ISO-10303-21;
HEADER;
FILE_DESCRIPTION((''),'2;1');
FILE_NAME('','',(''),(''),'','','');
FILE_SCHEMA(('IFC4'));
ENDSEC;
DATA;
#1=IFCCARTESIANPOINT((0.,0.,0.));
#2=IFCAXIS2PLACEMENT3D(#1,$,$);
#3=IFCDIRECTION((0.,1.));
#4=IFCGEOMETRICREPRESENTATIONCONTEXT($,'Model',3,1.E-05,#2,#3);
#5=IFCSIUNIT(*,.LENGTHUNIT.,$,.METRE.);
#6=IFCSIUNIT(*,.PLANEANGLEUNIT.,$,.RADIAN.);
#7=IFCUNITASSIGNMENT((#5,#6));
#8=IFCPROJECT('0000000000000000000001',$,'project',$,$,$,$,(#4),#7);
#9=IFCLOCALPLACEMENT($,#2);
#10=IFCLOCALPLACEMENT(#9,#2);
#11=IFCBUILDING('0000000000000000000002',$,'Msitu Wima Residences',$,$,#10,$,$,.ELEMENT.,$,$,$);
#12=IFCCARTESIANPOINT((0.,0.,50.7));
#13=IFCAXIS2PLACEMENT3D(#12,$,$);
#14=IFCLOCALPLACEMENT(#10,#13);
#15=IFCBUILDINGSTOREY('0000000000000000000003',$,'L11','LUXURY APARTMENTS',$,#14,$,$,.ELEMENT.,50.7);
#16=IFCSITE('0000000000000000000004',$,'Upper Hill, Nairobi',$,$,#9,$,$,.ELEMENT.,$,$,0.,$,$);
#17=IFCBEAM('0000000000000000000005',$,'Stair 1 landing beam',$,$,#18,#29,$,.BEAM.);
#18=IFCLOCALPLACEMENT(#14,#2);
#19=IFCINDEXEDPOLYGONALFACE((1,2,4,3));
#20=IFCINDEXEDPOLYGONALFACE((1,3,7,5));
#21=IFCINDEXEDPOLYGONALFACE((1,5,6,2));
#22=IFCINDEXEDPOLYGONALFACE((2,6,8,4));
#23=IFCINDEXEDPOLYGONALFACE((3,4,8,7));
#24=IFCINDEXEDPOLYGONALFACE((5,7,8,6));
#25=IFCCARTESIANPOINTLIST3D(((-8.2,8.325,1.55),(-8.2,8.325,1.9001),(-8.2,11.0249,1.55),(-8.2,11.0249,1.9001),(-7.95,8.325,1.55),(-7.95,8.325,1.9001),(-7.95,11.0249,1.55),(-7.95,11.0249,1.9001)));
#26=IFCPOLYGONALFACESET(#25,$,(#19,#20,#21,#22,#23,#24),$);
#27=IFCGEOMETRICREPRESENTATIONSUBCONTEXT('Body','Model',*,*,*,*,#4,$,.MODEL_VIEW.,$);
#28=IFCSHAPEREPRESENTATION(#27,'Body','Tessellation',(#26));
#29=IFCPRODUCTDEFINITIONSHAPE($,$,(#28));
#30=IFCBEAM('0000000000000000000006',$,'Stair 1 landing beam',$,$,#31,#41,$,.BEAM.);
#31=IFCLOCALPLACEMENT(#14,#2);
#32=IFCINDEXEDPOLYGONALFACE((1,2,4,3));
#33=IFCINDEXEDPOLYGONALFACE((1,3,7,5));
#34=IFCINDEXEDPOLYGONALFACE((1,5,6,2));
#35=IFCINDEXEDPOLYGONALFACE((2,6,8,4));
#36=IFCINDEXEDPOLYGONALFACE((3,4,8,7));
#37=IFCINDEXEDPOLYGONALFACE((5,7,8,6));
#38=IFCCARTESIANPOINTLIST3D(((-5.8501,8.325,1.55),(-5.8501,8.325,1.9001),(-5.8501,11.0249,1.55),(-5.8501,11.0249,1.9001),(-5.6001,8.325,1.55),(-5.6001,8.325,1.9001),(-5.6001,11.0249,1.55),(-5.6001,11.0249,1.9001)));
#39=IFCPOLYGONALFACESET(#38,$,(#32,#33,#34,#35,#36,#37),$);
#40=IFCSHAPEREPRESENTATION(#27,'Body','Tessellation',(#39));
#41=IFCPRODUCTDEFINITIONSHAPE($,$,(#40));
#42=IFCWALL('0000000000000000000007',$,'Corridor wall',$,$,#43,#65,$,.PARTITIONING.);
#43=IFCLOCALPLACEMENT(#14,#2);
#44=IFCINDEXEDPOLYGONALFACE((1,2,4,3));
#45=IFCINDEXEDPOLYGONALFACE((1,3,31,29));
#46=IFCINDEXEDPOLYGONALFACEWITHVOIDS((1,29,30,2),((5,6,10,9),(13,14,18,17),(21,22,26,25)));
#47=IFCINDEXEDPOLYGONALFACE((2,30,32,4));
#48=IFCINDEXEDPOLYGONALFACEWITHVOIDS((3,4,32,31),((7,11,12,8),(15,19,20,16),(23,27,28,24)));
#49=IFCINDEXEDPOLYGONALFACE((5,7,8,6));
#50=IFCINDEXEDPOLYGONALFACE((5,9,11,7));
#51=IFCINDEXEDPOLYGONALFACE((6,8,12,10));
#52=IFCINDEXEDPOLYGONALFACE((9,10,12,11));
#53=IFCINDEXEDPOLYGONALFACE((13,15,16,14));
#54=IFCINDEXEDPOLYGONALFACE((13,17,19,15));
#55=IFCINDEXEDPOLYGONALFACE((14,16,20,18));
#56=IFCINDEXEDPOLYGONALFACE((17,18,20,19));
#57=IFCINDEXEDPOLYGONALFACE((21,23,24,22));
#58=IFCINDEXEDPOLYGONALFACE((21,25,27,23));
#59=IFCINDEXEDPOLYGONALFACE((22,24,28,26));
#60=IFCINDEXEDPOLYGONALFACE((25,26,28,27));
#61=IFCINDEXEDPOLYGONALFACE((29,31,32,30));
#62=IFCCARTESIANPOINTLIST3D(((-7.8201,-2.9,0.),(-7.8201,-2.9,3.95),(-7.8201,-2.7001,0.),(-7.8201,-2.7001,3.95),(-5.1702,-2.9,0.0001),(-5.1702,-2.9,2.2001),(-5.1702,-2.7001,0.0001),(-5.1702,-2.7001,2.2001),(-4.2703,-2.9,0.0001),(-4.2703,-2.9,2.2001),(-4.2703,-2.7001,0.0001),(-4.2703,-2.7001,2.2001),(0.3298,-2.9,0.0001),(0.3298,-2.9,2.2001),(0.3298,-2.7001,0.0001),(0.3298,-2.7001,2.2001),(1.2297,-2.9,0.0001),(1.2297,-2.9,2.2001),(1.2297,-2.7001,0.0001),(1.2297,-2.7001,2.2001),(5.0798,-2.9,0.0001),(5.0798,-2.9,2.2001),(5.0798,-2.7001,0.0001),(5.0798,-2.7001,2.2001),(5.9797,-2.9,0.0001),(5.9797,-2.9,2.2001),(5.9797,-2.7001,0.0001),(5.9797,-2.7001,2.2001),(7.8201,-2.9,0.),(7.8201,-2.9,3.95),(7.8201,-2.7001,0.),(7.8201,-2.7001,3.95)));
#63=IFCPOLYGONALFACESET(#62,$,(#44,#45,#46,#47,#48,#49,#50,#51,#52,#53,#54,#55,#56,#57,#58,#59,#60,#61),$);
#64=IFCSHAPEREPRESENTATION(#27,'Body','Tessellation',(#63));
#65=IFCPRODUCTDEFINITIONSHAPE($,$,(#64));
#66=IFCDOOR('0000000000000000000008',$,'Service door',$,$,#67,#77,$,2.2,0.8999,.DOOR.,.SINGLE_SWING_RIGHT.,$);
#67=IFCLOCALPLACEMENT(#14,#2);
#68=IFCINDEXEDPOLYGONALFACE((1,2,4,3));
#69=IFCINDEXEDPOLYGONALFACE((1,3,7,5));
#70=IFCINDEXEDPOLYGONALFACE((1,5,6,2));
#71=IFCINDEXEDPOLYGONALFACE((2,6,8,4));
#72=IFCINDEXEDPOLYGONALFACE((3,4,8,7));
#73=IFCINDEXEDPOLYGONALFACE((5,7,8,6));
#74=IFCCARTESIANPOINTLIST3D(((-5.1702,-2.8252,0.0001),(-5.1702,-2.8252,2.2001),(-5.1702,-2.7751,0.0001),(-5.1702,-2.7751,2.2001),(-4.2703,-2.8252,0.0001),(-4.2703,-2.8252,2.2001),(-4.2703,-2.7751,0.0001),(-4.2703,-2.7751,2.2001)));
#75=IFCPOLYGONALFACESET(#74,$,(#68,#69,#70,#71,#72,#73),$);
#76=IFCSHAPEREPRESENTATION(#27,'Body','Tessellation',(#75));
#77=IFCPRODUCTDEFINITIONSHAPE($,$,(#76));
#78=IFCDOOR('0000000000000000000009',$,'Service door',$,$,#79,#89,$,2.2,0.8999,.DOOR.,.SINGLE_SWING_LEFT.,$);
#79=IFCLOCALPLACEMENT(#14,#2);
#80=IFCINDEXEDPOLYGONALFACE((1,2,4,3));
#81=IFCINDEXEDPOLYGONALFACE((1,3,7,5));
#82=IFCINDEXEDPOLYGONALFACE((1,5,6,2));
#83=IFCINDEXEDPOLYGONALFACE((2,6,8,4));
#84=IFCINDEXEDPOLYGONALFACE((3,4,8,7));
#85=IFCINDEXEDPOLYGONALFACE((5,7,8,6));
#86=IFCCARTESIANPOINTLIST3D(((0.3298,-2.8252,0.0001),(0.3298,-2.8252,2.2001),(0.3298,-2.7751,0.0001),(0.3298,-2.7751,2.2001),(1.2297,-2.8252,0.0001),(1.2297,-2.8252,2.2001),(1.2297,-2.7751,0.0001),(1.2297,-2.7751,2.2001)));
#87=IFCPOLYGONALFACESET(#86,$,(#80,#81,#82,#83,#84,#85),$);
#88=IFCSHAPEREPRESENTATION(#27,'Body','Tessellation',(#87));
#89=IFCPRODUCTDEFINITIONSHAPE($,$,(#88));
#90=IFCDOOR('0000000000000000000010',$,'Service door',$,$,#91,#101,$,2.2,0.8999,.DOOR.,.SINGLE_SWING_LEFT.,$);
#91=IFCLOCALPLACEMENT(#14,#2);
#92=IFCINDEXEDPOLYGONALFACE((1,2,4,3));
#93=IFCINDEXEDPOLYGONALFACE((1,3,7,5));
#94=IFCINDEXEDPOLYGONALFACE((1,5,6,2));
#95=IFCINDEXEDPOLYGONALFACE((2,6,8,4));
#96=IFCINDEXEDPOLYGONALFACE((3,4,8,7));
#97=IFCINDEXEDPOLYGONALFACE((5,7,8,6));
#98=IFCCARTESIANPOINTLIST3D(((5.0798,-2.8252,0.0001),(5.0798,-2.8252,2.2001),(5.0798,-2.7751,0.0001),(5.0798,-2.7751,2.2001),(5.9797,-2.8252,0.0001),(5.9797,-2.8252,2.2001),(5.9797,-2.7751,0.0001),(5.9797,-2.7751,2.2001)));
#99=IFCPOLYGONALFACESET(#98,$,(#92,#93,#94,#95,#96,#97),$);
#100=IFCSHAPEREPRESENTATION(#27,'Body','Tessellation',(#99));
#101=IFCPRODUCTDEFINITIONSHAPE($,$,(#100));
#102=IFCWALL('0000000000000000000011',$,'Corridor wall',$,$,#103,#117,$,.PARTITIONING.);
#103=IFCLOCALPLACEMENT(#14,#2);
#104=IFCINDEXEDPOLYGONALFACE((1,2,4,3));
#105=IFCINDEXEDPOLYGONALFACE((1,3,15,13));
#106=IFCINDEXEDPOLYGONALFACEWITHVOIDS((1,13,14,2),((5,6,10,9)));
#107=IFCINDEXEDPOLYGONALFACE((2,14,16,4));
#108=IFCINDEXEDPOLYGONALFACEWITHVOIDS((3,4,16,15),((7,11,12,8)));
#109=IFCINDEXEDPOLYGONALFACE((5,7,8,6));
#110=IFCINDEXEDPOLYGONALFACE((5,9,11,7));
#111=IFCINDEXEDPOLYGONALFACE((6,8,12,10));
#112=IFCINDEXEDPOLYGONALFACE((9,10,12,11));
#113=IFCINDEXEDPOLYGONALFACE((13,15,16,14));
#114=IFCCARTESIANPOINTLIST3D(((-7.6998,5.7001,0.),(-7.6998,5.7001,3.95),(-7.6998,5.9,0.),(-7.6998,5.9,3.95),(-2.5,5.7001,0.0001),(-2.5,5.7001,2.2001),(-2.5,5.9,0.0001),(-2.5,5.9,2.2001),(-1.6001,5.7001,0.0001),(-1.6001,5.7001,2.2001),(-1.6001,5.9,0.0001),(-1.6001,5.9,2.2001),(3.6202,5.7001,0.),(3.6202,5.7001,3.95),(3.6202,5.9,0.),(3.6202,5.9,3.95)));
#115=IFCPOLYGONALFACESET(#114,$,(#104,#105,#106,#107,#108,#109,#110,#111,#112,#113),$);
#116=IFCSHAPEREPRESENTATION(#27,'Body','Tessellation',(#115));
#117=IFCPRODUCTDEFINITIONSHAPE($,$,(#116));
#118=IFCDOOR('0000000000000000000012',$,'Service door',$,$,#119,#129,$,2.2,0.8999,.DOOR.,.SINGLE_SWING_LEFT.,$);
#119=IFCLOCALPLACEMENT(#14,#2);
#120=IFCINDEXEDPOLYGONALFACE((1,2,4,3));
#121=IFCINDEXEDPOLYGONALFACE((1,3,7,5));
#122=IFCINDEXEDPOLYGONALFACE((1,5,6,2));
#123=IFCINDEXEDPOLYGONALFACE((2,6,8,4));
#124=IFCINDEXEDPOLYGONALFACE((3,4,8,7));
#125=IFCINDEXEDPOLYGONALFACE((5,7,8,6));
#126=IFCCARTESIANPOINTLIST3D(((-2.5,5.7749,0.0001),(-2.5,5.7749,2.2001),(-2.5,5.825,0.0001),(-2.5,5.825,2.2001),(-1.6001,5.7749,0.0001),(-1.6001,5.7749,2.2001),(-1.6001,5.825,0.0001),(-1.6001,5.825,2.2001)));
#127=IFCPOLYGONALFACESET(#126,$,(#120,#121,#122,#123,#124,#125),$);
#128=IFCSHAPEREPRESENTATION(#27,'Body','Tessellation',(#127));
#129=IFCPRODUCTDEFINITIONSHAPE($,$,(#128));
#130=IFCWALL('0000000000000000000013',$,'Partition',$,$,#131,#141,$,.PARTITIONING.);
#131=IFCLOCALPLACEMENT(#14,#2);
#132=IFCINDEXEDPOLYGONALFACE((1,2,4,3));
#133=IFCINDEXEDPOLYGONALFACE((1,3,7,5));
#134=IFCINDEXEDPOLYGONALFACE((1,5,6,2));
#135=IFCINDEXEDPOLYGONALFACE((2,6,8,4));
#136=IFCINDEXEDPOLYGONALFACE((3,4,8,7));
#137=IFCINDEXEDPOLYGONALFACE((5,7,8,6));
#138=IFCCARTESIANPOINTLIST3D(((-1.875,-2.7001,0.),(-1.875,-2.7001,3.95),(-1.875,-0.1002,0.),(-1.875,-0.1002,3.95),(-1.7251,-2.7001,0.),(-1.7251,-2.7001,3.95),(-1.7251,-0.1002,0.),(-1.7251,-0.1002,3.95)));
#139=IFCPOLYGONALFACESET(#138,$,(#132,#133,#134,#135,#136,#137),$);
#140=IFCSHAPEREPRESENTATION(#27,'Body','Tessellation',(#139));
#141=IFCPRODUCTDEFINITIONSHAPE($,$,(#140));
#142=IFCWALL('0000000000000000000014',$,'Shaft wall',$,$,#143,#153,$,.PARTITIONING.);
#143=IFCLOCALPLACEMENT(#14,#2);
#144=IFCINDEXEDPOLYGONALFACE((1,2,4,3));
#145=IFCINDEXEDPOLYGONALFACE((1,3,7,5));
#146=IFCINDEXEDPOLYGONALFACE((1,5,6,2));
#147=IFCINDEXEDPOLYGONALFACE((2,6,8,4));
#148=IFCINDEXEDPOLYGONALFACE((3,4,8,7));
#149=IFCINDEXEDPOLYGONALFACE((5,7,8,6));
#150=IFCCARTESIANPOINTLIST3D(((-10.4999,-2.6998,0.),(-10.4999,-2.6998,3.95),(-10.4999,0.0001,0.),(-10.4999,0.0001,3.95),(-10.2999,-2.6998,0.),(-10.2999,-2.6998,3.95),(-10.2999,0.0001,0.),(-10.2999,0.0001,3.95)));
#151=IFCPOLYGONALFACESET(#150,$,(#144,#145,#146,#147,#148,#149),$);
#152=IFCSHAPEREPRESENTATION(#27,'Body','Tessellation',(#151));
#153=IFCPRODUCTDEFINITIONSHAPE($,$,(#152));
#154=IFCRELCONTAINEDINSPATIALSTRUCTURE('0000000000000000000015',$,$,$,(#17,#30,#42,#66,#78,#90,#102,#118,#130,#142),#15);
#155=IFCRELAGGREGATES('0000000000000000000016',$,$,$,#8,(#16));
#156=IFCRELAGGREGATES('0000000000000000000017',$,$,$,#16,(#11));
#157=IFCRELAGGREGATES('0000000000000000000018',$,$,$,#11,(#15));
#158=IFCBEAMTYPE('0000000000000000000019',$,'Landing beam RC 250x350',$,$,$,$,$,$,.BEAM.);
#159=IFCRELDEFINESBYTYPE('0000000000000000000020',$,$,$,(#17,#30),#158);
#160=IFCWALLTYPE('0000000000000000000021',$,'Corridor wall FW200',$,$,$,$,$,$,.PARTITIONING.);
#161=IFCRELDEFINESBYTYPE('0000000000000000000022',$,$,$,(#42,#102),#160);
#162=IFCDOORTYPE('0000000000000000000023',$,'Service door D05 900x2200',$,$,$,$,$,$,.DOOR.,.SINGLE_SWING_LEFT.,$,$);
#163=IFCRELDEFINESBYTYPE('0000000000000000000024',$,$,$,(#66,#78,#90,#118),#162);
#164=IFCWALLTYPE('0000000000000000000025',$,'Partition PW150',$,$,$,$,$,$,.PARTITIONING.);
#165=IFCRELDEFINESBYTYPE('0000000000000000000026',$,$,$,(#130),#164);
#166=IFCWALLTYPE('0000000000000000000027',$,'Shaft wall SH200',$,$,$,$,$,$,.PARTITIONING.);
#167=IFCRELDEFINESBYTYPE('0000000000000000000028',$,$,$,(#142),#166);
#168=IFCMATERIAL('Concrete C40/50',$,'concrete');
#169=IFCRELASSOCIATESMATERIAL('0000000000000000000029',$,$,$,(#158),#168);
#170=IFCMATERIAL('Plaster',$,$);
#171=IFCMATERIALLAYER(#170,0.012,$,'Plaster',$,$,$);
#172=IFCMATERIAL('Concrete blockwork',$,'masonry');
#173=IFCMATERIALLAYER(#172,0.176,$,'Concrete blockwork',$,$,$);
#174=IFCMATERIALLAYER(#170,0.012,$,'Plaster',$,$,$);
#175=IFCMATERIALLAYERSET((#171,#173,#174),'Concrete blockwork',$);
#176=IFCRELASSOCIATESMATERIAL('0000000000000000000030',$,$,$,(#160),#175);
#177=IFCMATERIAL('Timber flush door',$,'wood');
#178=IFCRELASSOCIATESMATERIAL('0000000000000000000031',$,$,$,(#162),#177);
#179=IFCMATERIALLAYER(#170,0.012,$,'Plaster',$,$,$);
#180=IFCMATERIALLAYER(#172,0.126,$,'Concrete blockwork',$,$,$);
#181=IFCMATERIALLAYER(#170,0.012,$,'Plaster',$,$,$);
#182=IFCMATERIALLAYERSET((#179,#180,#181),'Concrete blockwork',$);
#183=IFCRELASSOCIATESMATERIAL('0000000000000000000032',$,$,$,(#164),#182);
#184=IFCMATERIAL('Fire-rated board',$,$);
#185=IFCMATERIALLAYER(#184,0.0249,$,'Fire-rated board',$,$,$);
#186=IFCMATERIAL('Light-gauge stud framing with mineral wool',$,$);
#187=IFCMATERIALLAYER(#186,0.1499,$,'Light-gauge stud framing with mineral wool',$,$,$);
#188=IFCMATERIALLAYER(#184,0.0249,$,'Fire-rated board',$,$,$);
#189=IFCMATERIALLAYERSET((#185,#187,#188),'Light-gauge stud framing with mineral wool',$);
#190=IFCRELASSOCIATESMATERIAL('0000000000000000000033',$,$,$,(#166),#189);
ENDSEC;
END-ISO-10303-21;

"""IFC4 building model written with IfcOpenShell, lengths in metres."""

from ifc_helpers import new_model, si_unit, direction, frame, frame_2d, origin, origin_2d, place, context, subcontext, project, spatial, rectangle, extrude, material, layer, layer_set, material_profile, profile_set, type_object, element, fill, save


model = new_model("IFC4")

# Units and contexts
model_context = context("Model", 3, precision=1e-05, world=origin(), true_north=direction((0.0, 1.0)))
body_context = subcontext(model_context, "Body", "Model", "MODEL_VIEW")
ifc_project = project(units=[si_unit("LENGTHUNIT", "METRE"), si_unit("PLANEANGLEUNIT", "RADIAN")], contexts=[model_context])

# Site, building, storey
site_placement = place(None, origin())
site = spatial("IfcSite", under=ifc_project, at=site_placement, Name="Upper Hill, Nairobi", CompositionType="ELEMENT", RefElevation=0.0)
building_placement = place(site_placement, origin())
building = spatial("IfcBuilding", under=site, at=building_placement, Name="Msitu Wima Residences", CompositionType="ELEMENT")
storey_placement = place(building_placement, frame((0.0, 0.0, 50.7)))
storey = spatial("IfcBuildingStorey", under=building, at=storey_placement, Name="L11", Description="LUXURY APARTMENTS", CompositionType="ELEMENT", Elevation=50.7)

# Beams
ifc_material_1 = material(Name="Concrete C40/50", Category="concrete")
ifc_material_profile = material_profile(ifc_material_1, rectangle(XDim=0.25, YDim=0.3501, at=origin_2d()), Name="RC 250x350")
ifc_profile_set = profile_set([ifc_material_profile], Name="Concrete C40/50")
beam_type = type_object("IfcBeamType", Name="Landing beam RC 250x350", PredefinedType="BEAM", material=ifc_profile_set)
for number, where, z_axis, x_axis, name in (
    (1, (-8.075, 8.325, 1.7251), (0.0, 1.0, 0.0), (-1.0, 0.0, 0.0), "Stair 1 landing beam"),
    (2, (-5.7251, 8.325, 1.7251), (0.0, 1.0, 0.0), (-1.0, 0.0, 0.0), "Stair 1 landing beam"),
):
    element("IfcBeam", number, at=place(storey_placement, frame(where, z_axis=z_axis, x_axis=x_axis)), inside=storey, type_object=beam_type, Name=name, PredefinedType="BEAM", context=body_context, shape_type="SweptSolid", body=[
        extrude(rectangle(XDim=0.25, YDim=0.3501, at=origin_2d()), origin(), (0.0, 0.0, 1.0), 2.7),
    ])

# Wall, openings, doors
ifc_material_2 = material(Name="Plaster")
ifc_layer_1 = layer(ifc_material_2, 0.012, Name="Plaster")
ifc_material_3 = material(Name="Concrete blockwork", Category="masonry")
ifc_layer_2 = layer(ifc_material_3, 0.176, Name="Concrete blockwork")
ifc_layer_3 = layer(ifc_material_2, 0.012, Name="Plaster")
ifc_layer_set_1 = layer_set([ifc_layer_1, ifc_layer_2, ifc_layer_3], Name="Concrete blockwork")
wall_type_1 = type_object("IfcWallType", Name="Corridor wall FW200", PredefinedType="PARTITIONING", material=ifc_layer_set_1)
wall_1_placement = place(storey_placement, frame((-7.8201, -2.8, 0.0), z_axis=(0.0, 0.0, 1.0), x_axis=(1.0, 0.0, 0.0)))
wall_1 = element("IfcWall", 3, at=wall_1_placement, inside=storey, type_object=wall_type_1, Name="Corridor wall", PredefinedType="PARTITIONING", context=body_context, shape_type="SweptSolid", body=[
    extrude(rectangle(XDim=15.6401, YDim=0.2, at=frame_2d((7.8201, 0.0))), origin(), (0.0, 0.0, 1.0), 3.95),
])
opening_1_placement = place(wall_1_placement, frame((2.6499, 0.0, 0.0)))
opening_1 = element("IfcOpeningElement", 4, at=opening_1_placement, cuts=wall_1, PredefinedType="OPENING", context=body_context, shape_type="SweptSolid", body=[
    extrude(rectangle(XDim=0.8999, YDim=2.2, at=frame_2d((0.45, 1.1001))), frame((0.0, 0.1099, 0.0), z_axis=(0.0, -1.0, 0.0), x_axis=(1.0, 0.0, 0.0)), (0.0, 0.0, 1.0), 0.22),
])
opening_2_placement = place(wall_1_placement, frame((8.1499, 0.0, 0.0)))
opening_2 = element("IfcOpeningElement", 5, at=opening_2_placement, cuts=wall_1, PredefinedType="OPENING", context=body_context, shape_type="SweptSolid", body=[
    extrude(rectangle(XDim=0.8999, YDim=2.2, at=frame_2d((0.45, 1.1001))), frame((0.0, 0.1099, 0.0), z_axis=(0.0, -1.0, 0.0), x_axis=(1.0, 0.0, 0.0)), (0.0, 0.0, 1.0), 0.22),
])
opening_3_placement = place(wall_1_placement, frame((12.8999, 0.0, 0.0)))
opening_3 = element("IfcOpeningElement", 6, at=opening_3_placement, cuts=wall_1, PredefinedType="OPENING", context=body_context, shape_type="SweptSolid", body=[
    extrude(rectangle(XDim=0.8999, YDim=2.2, at=frame_2d((0.45, 1.1001))), frame((0.0, 0.1099, 0.0), z_axis=(0.0, -1.0, 0.0), x_axis=(1.0, 0.0, 0.0)), (0.0, 0.0, 1.0), 0.22),
])
ifc_material_4 = material(Name="Timber flush door", Category="wood")
door_type_1 = type_object("IfcDoorType", Name="Service door D05 900x2200", OperationType="SINGLE_SWING_LEFT", PredefinedType="DOOR", material=ifc_material_4)
door_1_placement = place(opening_1_placement, origin())
door_1 = element("IfcDoor", 7, at=door_1_placement, inside=storey, type_object=door_type_1, Name="Service door", OperationType="SINGLE_SWING_RIGHT", OverallHeight=2.2, OverallWidth=0.8999, PredefinedType="DOOR", context=body_context, shape_type="SweptSolid", body=[
    extrude(rectangle(XDim=0.8999, YDim=2.2, at=frame_2d((0.45, 1.1001))), frame((0.0, 0.0249, 0.0), z_axis=(0.0, -1.0, 0.0), x_axis=(1.0, 0.0, 0.0)), (0.0, 0.0, 1.0), 0.05),
])
fill(opening_1, door_1)
door_2_placement = place(opening_2_placement, origin())
door_2 = element("IfcDoor", 8, at=door_2_placement, inside=storey, type_object=door_type_1, Name="Service door", OperationType="SINGLE_SWING_LEFT", OverallHeight=2.2, OverallWidth=0.8999, PredefinedType="DOOR", context=body_context, shape_type="SweptSolid", body=[
    extrude(rectangle(XDim=0.8999, YDim=2.2, at=frame_2d((0.45, 1.1001))), frame((0.0, 0.0249, 0.0), z_axis=(0.0, -1.0, 0.0), x_axis=(1.0, 0.0, 0.0)), (0.0, 0.0, 1.0), 0.05),
])
fill(opening_2, door_2)
door_3_placement = place(opening_3_placement, origin())
door_3 = element("IfcDoor", 9, at=door_3_placement, inside=storey, type_object=door_type_1, Name="Service door", OperationType="SINGLE_SWING_LEFT", OverallHeight=2.2, OverallWidth=0.8999, PredefinedType="DOOR", context=body_context, shape_type="SweptSolid", body=[
    extrude(rectangle(XDim=0.8999, YDim=2.2, at=frame_2d((0.45, 1.1001))), frame((0.0, 0.0249, 0.0), z_axis=(0.0, -1.0, 0.0), x_axis=(1.0, 0.0, 0.0)), (0.0, 0.0, 1.0), 0.05),
])
fill(opening_3, door_3)

# Wall, opening, door
wall_2_placement = place(storey_placement, frame((-7.7, 5.8, 0.0), z_axis=(0.0, 0.0, 1.0), x_axis=(1.0, 0.0, 0.0)))
wall_2 = element("IfcWall", 10, at=wall_2_placement, inside=storey, type_object=wall_type_1, Name="Corridor wall", PredefinedType="PARTITIONING", context=body_context, shape_type="SweptSolid", body=[
    extrude(rectangle(XDim=11.3201, YDim=0.2, at=frame_2d((5.6602, 0.0))), origin(), (0.0, 0.0, 1.0), 3.95),
])
opening_4_placement = place(wall_2_placement, frame((5.2, 0.0, 0.0)))
opening_4 = element("IfcOpeningElement", 11, at=opening_4_placement, cuts=wall_2, PredefinedType="OPENING", context=body_context, shape_type="SweptSolid", body=[
    extrude(rectangle(XDim=0.8999, YDim=2.2, at=frame_2d((0.45, 1.1001))), frame((0.0, 0.1099, 0.0), z_axis=(0.0, -1.0, 0.0), x_axis=(1.0, 0.0, 0.0)), (0.0, 0.0, 1.0), 0.22),
])
door_4_placement = place(opening_4_placement, origin())
door_4 = element("IfcDoor", 12, at=door_4_placement, inside=storey, type_object=door_type_1, Name="Service door", OperationType="SINGLE_SWING_LEFT", OverallHeight=2.2, OverallWidth=0.8999, PredefinedType="DOOR", context=body_context, shape_type="SweptSolid", body=[
    extrude(rectangle(XDim=0.8999, YDim=2.2, at=frame_2d((0.45, 1.1001))), frame((0.0, 0.0249, 0.0), z_axis=(0.0, -1.0, 0.0), x_axis=(1.0, 0.0, 0.0)), (0.0, 0.0, 1.0), 0.05),
])
fill(opening_4, door_4)

# Walls
ifc_layer_4 = layer(ifc_material_2, 0.012, Name="Plaster")
ifc_layer_5 = layer(ifc_material_3, 0.126, Name="Concrete blockwork")
ifc_layer_6 = layer(ifc_material_2, 0.012, Name="Plaster")
ifc_layer_set_2 = layer_set([ifc_layer_4, ifc_layer_5, ifc_layer_6], Name="Concrete blockwork")
wall_type_2 = type_object("IfcWallType", Name="Partition PW150", PredefinedType="PARTITIONING", material=ifc_layer_set_2)
wall_3_placement = place(storey_placement, frame((-1.8, -2.7, 0.0), z_axis=(0.0, 0.0, 1.0), x_axis=(0.0, 1.0, 0.0)))
element("IfcWall", 13, at=wall_3_placement, inside=storey, type_object=wall_type_2, Name="Partition", PredefinedType="PARTITIONING", context=body_context, shape_type="SweptSolid", body=[
    extrude(rectangle(XDim=2.5999, YDim=0.1499, at=frame_2d((1.2998, 0.0))), origin(), (0.0, 0.0, 1.0), 3.95),
])
ifc_material_5 = material(Name="Fire-rated board")
ifc_layer_7 = layer(ifc_material_5, 0.0249, Name="Fire-rated board")
ifc_material_6 = material(Name="Light-gauge stud framing with mineral wool")
ifc_layer_8 = layer(ifc_material_6, 0.1499, Name="Light-gauge stud framing with mineral wool")
ifc_layer_9 = layer(ifc_material_5, 0.0249, Name="Fire-rated board")
ifc_layer_set_3 = layer_set([ifc_layer_7, ifc_layer_8, ifc_layer_9], Name="Light-gauge stud framing with mineral wool")
wall_type_3 = type_object("IfcWallType", Name="Shaft wall SH200", PredefinedType="PARTITIONING", material=ifc_layer_set_3)
wall_4_placement = place(storey_placement, frame((-10.3999, -2.7, 0.0), z_axis=(0.0, 0.0, 1.0), x_axis=(0.0, 1.0, 0.0)))
element("IfcWall", 14, at=wall_4_placement, inside=storey, type_object=wall_type_3, Name="Shaft wall", PredefinedType="PARTITIONING", context=body_context, shape_type="SweptSolid", body=[
    extrude(rectangle(XDim=2.7, YDim=0.2, at=frame_2d((1.3501, 0.0))), origin(), (0.0, 0.0, 1.0), 3.95),
])

save(model, "model.ifc")
